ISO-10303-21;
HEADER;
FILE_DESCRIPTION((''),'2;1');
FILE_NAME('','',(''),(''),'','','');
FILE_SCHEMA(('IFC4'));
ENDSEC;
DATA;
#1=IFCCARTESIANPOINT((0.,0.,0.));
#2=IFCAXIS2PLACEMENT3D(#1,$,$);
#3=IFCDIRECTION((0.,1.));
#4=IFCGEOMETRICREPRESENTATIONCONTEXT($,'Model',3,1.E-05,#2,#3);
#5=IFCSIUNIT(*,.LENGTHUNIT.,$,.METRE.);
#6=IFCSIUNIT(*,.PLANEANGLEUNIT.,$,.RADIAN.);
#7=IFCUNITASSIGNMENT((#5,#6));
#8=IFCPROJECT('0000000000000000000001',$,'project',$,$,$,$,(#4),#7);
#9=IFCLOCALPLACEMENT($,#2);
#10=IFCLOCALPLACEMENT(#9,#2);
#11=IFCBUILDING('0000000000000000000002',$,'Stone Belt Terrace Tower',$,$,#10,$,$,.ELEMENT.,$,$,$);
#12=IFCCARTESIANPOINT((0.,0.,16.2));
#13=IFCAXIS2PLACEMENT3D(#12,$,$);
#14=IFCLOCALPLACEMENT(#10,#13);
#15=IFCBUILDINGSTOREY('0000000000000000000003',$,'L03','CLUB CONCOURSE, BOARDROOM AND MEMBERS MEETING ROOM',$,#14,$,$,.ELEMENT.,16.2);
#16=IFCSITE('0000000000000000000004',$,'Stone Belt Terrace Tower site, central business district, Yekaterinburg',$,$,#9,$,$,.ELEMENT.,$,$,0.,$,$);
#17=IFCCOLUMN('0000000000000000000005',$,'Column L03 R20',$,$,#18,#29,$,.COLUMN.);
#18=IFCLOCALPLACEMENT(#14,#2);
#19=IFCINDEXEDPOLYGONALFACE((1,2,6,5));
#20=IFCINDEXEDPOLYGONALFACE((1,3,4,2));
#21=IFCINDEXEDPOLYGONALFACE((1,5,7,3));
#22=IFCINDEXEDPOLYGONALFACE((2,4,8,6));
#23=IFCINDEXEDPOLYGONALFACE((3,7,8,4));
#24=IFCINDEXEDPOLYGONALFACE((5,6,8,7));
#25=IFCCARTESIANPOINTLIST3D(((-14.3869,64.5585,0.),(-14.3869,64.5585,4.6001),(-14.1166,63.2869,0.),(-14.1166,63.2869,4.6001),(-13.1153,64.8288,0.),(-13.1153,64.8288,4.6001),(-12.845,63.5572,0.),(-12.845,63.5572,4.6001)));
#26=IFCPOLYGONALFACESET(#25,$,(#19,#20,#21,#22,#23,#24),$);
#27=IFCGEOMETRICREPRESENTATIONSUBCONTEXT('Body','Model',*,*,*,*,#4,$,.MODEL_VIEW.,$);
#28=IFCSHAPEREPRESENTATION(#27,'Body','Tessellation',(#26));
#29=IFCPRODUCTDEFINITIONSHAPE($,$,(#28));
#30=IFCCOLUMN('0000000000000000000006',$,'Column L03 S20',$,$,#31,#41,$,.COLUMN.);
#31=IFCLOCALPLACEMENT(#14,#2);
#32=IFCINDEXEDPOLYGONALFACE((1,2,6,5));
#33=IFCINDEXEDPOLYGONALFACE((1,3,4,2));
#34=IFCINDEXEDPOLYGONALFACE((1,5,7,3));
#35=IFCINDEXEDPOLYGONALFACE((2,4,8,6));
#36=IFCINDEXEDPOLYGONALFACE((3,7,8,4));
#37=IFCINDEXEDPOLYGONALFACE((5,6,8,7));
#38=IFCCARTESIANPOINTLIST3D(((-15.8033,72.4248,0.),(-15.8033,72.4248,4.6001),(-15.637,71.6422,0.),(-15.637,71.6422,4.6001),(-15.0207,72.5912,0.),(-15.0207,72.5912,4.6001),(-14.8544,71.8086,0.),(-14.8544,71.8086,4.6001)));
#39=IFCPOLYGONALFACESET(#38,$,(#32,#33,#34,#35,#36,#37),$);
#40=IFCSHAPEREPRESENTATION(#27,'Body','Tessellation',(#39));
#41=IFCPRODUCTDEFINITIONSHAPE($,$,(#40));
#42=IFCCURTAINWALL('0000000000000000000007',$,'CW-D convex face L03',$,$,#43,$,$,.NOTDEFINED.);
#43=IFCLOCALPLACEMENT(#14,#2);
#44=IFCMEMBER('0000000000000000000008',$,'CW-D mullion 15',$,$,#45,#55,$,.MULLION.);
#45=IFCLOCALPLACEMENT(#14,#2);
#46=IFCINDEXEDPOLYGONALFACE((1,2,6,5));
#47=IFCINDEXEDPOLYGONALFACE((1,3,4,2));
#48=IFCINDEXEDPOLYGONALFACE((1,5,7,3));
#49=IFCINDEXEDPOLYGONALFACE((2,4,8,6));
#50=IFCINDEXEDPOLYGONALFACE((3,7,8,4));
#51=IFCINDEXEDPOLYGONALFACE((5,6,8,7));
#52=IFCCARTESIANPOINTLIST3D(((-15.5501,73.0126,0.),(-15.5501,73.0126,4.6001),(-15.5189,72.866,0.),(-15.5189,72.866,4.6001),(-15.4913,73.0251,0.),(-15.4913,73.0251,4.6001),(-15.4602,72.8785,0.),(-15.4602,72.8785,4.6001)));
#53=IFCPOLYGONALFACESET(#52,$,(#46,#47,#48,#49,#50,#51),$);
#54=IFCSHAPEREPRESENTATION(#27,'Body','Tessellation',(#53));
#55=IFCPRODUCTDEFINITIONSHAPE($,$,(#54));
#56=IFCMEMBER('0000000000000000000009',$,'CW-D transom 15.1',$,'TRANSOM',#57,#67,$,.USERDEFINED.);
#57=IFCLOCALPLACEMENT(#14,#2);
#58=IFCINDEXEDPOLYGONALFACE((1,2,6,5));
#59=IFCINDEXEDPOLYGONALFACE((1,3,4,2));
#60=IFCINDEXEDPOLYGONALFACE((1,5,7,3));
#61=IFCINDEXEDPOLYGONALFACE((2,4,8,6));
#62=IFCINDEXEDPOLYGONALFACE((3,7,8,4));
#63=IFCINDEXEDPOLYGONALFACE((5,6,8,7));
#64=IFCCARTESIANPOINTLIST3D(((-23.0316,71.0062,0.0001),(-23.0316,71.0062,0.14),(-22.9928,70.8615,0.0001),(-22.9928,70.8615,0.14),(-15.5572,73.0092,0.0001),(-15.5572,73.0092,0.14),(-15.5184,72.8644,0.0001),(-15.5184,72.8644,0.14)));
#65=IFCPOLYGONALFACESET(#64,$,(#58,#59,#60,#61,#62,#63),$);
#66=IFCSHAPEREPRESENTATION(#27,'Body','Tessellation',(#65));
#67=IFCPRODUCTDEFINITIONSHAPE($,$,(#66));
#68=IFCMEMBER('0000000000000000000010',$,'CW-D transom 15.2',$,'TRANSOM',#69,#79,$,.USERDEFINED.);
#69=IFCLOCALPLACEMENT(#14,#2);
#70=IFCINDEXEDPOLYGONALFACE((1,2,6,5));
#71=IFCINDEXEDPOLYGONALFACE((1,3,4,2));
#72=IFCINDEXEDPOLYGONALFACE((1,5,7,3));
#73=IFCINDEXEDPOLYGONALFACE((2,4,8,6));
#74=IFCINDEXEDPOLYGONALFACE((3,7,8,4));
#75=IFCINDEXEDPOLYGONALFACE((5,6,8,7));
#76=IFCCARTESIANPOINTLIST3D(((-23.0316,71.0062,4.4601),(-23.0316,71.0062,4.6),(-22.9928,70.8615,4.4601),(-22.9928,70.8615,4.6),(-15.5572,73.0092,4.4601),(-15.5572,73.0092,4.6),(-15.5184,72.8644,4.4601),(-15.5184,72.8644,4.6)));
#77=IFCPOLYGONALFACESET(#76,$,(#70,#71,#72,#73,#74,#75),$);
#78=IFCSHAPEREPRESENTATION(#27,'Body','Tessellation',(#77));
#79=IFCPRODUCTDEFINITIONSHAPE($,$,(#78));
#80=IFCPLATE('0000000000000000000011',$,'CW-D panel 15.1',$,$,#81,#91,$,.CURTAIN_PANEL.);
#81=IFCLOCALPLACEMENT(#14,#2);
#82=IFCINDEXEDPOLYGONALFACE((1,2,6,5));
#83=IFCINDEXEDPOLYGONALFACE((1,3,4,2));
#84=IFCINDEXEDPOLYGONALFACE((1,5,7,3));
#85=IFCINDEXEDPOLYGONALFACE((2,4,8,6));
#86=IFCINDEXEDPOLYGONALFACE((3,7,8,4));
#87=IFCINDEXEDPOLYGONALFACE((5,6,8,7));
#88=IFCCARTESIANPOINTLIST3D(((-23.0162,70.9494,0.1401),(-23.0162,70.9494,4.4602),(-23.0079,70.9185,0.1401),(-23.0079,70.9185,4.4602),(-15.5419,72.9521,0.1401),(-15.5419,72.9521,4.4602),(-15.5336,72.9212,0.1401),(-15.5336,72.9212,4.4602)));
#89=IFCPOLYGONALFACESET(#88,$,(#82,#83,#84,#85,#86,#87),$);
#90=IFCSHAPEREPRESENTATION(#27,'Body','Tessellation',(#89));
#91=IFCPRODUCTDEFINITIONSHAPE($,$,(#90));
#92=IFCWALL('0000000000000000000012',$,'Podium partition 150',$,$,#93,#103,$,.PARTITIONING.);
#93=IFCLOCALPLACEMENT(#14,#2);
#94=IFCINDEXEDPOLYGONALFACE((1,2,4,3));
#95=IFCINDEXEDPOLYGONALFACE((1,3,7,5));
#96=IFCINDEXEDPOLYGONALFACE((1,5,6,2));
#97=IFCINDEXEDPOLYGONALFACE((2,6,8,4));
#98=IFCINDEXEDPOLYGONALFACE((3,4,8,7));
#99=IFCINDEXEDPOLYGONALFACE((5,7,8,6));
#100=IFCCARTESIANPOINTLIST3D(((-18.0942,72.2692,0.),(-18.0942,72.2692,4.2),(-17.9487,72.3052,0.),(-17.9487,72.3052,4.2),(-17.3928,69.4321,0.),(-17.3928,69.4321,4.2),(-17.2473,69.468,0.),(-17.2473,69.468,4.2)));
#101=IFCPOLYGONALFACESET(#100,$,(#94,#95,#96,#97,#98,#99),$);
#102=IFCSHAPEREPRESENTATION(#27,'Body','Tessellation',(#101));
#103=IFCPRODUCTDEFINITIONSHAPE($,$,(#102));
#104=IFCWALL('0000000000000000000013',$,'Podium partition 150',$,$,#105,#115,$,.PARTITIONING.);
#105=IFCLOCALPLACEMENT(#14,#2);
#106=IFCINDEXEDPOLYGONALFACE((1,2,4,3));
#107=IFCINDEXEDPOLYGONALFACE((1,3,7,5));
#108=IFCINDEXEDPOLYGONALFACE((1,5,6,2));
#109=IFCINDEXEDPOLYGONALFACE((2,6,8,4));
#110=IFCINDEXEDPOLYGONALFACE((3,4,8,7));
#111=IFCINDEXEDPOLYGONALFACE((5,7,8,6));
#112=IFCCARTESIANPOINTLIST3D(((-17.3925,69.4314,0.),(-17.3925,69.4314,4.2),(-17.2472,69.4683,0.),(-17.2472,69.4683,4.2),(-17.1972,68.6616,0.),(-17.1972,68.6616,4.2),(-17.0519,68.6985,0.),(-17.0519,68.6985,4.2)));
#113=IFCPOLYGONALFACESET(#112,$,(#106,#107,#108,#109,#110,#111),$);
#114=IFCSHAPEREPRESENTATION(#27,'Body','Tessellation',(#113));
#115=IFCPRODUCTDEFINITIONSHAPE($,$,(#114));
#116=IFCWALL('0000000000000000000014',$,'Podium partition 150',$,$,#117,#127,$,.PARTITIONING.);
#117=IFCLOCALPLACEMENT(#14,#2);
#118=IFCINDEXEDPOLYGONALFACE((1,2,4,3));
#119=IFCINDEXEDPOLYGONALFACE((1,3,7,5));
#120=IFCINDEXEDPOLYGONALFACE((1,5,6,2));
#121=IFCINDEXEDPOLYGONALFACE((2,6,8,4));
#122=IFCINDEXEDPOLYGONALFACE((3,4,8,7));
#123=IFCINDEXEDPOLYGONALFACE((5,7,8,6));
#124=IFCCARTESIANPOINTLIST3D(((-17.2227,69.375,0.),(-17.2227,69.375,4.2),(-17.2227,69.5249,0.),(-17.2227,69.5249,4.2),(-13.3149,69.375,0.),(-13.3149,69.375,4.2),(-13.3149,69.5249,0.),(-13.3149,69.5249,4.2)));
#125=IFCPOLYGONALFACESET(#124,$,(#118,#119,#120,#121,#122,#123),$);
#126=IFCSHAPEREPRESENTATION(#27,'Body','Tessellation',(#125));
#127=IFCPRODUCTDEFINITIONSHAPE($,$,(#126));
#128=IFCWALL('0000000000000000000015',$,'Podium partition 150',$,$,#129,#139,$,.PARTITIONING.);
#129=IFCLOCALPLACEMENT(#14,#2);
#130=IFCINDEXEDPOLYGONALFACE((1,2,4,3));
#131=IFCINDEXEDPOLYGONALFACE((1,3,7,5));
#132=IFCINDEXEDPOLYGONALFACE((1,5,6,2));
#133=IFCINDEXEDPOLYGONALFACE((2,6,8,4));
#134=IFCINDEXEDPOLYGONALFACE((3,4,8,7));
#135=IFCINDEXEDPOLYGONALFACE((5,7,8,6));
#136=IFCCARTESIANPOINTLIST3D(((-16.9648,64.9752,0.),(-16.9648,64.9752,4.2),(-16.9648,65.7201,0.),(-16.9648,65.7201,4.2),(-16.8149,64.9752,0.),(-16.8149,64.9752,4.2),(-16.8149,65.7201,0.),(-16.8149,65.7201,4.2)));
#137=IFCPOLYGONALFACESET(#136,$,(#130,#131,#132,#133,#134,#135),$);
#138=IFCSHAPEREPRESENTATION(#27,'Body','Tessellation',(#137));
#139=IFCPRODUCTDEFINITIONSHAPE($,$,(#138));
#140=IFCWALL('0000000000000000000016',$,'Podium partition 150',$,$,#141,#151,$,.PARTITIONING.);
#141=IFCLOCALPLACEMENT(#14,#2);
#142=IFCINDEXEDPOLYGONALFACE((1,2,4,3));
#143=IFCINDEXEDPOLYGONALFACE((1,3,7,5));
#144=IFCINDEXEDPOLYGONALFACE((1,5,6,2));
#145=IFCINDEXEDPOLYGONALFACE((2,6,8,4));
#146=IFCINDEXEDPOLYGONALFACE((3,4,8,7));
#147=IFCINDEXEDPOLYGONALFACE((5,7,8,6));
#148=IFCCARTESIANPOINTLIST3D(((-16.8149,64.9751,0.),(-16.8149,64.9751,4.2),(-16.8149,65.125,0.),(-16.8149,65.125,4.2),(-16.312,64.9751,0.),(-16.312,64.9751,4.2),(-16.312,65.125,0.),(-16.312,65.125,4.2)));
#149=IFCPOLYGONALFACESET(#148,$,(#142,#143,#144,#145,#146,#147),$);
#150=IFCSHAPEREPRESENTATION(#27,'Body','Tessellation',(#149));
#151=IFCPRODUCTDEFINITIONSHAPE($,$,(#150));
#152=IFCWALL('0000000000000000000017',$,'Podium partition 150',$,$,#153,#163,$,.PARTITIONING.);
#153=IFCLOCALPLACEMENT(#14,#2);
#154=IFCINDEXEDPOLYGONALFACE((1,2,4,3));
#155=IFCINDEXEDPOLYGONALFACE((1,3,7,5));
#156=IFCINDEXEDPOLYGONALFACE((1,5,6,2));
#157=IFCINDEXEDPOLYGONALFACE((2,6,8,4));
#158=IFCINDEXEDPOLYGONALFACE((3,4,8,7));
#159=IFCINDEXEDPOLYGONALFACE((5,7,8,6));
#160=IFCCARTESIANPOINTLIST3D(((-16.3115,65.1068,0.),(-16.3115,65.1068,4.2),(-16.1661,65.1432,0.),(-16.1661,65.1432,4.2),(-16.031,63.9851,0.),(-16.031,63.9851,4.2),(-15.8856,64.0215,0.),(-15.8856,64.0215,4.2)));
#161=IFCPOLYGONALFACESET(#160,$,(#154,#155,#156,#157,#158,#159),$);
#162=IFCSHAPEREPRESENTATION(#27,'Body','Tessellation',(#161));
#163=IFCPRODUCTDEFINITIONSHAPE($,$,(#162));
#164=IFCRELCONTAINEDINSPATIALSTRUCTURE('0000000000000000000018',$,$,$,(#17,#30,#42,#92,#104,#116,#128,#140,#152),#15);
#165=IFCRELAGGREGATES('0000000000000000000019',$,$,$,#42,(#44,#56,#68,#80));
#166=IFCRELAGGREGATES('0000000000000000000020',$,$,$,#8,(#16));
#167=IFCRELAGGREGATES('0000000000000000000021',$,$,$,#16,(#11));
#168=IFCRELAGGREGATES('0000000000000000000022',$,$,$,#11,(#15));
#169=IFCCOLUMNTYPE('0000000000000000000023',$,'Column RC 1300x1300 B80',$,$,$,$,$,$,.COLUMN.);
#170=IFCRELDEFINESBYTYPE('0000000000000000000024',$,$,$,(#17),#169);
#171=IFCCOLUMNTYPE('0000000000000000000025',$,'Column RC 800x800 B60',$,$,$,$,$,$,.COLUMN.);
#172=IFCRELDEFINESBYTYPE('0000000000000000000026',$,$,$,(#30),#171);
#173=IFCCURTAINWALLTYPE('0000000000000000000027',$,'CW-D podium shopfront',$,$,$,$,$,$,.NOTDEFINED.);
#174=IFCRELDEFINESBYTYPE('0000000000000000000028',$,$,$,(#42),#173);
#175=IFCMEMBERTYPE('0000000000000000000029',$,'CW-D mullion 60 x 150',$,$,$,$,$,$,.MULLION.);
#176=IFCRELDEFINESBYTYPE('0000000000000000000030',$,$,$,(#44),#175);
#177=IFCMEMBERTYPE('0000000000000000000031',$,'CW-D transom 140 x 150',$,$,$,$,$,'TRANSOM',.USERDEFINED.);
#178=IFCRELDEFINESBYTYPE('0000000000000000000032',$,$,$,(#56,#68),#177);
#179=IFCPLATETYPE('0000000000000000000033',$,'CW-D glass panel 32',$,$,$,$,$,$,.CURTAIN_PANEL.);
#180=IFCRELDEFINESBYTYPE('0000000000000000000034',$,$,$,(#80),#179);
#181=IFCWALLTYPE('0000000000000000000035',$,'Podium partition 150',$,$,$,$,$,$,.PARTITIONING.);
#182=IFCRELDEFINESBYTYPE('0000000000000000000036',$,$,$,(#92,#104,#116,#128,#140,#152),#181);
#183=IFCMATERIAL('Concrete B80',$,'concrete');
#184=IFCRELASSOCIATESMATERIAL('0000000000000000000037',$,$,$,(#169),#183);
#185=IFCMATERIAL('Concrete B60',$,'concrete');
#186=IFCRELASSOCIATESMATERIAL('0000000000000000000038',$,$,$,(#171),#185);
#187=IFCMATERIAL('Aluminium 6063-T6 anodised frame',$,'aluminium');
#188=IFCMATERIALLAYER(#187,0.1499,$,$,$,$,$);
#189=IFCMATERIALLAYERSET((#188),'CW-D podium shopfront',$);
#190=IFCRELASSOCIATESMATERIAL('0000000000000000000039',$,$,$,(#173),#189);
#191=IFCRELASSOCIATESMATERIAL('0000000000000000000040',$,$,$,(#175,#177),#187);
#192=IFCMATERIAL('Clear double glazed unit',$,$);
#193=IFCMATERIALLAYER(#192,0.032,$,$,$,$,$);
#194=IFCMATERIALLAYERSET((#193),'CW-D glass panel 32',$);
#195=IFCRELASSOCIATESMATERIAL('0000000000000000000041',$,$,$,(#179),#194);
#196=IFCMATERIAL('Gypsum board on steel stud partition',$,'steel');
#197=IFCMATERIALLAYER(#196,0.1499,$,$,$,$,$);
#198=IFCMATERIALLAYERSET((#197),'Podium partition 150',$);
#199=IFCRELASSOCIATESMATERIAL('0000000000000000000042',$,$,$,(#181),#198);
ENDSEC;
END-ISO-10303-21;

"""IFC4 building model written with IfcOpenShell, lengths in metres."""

from ifc_helpers import new_model, si_unit, direction, frame, frame_2d, origin, origin_2d, place, context, subcontext, project, spatial, rectangle, extrude, material, layer, layer_set, material_profile, profile_set, type_object, element, aggregate, save


model = new_model("IFC4")

# Units and contexts
model_context = context("Model", 3, precision=1e-05, world=origin(), true_north=direction((0.0, 1.0)))
body_context = subcontext(model_context, "Body", "Model", "MODEL_VIEW")
ifc_project = project(units=[si_unit("LENGTHUNIT", "METRE"), si_unit("PLANEANGLEUNIT", "RADIAN")], contexts=[model_context])

# Site, building, storey
site_placement = place(None, origin())
site = spatial("IfcSite", under=ifc_project, at=site_placement, Name="Stone Belt Terrace Tower site, central business district, Yekaterinburg", CompositionType="ELEMENT", RefElevation=0.0)
building_placement = place(site_placement, origin())
building = spatial("IfcBuilding", under=site, at=building_placement, Name="Stone Belt Terrace Tower", CompositionType="ELEMENT")
storey_placement = place(building_placement, frame((0.0, 0.0, 16.2)))
storey = spatial("IfcBuildingStorey", under=building, at=storey_placement, Name="L03", Description="CLUB CONCOURSE, BOARDROOM AND MEMBERS MEETING ROOM", CompositionType="ELEMENT", Elevation=16.2)

# Columns
ifc_material_1 = material(Name="Concrete B80", Category="concrete")
ifc_material_profile_1 = material_profile(ifc_material_1, rectangle(XDim=1.3, YDim=1.3, at=origin_2d()), Name="RC 1300x1300")
ifc_profile_set_1 = profile_set([ifc_material_profile_1], Name="Concrete B80")
column_type_1 = type_object("IfcColumnType", Name="Column RC 1300x1300 B80", PredefinedType="COLUMN", material=ifc_profile_set_1)
column_1_placement = place(storey_placement, frame((-13.616, 64.0579, 0.0), z_axis=(0.0, 0.0, 1.0), x_axis=(0.978148, 0.207912, 0.0)))
element("IfcColumn", 1, at=column_1_placement, inside=storey, type_object=column_type_1, Name="Column L03 R20", PredefinedType="COLUMN", context=body_context, shape_type="SweptSolid", body=[
    extrude(rectangle(XDim=1.3, YDim=1.3, at=origin_2d()), origin(), (0.0, 0.0, 1.0), 4.6001),
])
ifc_material_2 = material(Name="Concrete B60", Category="concrete")
ifc_material_profile_2 = material_profile(ifc_material_2, rectangle(XDim=0.8, YDim=0.8, at=origin_2d()), Name="RC 800x800")
ifc_profile_set_2 = profile_set([ifc_material_profile_2], Name="Concrete B60")
column_type_2 = type_object("IfcColumnType", Name="Column RC 800x800 B60", PredefinedType="COLUMN", material=ifc_profile_set_2)
column_2_placement = place(storey_placement, frame((-15.3289, 72.1167, 0.0), z_axis=(0.0, 0.0, 1.0), x_axis=(0.978148, 0.207912, 0.0)))
element("IfcColumn", 2, at=column_2_placement, inside=storey, type_object=column_type_2, Name="Column L03 S20", PredefinedType="COLUMN", context=body_context, shape_type="SweptSolid", body=[
    extrude(rectangle(XDim=0.8, YDim=0.8, at=origin_2d()), origin(), (0.0, 0.0, 1.0), 4.6001),
])

# Curtain wall, members, plate
ifc_material_3 = material(Name="Aluminium 6063-T6 anodised frame", Category="aluminium")
ifc_layer_1 = layer(ifc_material_3, 0.1499)
ifc_layer_set_1 = layer_set([ifc_layer_1], Name="CW-D podium shopfront")
curtain_wall_type = type_object("IfcCurtainWallType", Name="CW-D podium shopfront", PredefinedType="NOTDEFINED", material=ifc_layer_set_1)
curtain_wall_placement = place(storey_placement, origin())
curtain_wall = element("IfcCurtainWall", 3, at=curtain_wall_placement, inside=storey, type_object=curtain_wall_type, Name="CW-D convex face L03", PredefinedType="NOTDEFINED")
ifc_material_profile_3 = material_profile(ifc_material_3, rectangle(XDim=0.1499, YDim=0.0601, at=origin_2d()), Name="Aluminium 6063-T6 60x150")
ifc_profile_set_3 = profile_set([ifc_material_profile_3], Name="Aluminium 6063-T6 anodised frame")
member_type_1 = type_object("IfcMemberType", Name="CW-D mullion 60 x 150", PredefinedType="MULLION", material=ifc_profile_set_3)
member_1_placement = place(storey_placement, frame((-15.5051, 72.9456, 0.0), z_axis=(0.0, 0.0, 1.0), x_axis=(0.207912, -0.978148, 0.0)))
member_1 = element("IfcMember", 4, at=member_1_placement, type_object=member_type_1, Name="CW-D mullion 15", PredefinedType="MULLION", context=body_context, shape_type="SweptSolid", body=[
    extrude(rectangle(XDim=0.1499, YDim=0.0601, at=origin_2d()), origin(), (0.0, 0.0, 1.0), 4.6001),
])
ifc_material_profile_4 = material_profile(ifc_material_3, rectangle(XDim=0.1499, YDim=0.1399, at=origin_2d()), Name="Aluminium 6063-T6 150x140")
ifc_profile_set_4 = profile_set([ifc_material_profile_4], Name="Aluminium 6063-T6 anodised frame")
member_type_2 = type_object("IfcMemberType", Name="CW-D transom 140 x 150", ElementType="TRANSOM", PredefinedType="USERDEFINED", material=ifc_profile_set_4)
member_2_placement = place(storey_placement, frame((-15.5378, 72.9368, 0.0701), z_axis=(-0.96592, -0.258841, 0.0), x_axis=(0.258841, -0.96592, 0.0)))
member_2 = element("IfcMember", 5, at=member_2_placement, type_object=member_type_2, Name="CW-D transom 15.1", ObjectType="TRANSOM", PredefinedType="USERDEFINED", context=body_context, shape_type="SweptSolid", body=[
    extrude(rectangle(XDim=0.1499, YDim=0.1399, at=origin_2d()), origin(), (0.0, 0.0, 1.0), 7.738),
])
member_3_placement = place(storey_placement, frame((-15.5378, 72.9368, 4.53), z_axis=(-0.96592, -0.258841, 0.0), x_axis=(0.258841, -0.96592, 0.0)))
member_3 = element("IfcMember", 6, at=member_3_placement, type_object=member_type_2, Name="CW-D transom 15.2", ObjectType="TRANSOM", PredefinedType="USERDEFINED", context=body_context, shape_type="SweptSolid", body=[
    extrude(rectangle(XDim=0.1499, YDim=0.1399, at=origin_2d()), origin(), (0.0, 0.0, 1.0), 7.738),
])
ifc_material_4 = material(Name="Clear double glazed unit")
ifc_layer_2 = layer(ifc_material_4, 0.032)
ifc_layer_set_2 = layer_set([ifc_layer_2], Name="CW-D glass panel 32")
plate_type = type_object("IfcPlateType", Name="CW-D glass panel 32", PredefinedType="CURTAIN_PANEL", material=ifc_layer_set_2)
plate_placement = place(storey_placement, frame((-19.2749, 71.9353, 0.1401), z_axis=(0.0, 0.0, 1.0), x_axis=(-0.965926, -0.258819, 0.0)))
plate = element("IfcPlate", 7, at=plate_placement, type_object=plate_type, Name="CW-D panel 15.1", PredefinedType="CURTAIN_PANEL", context=body_context, shape_type="SweptSolid", body=[
    extrude(rectangle(XDim=7.738, YDim=0.032, at=origin_2d()), origin(), (0.0, 0.0, 1.0), 4.3201),
])
aggregate(curtain_wall, [member_1, member_2, member_3, plate])

# Walls
ifc_material_5 = material(Name="Gypsum board on steel stud partition", Category="steel")
ifc_layer_3 = layer(ifc_material_5, 0.1499)
ifc_layer_set_3 = layer_set([ifc_layer_3], Name="Podium partition 150")
wall_type_1 = type_object("IfcWallType", Name="Podium partition 150", PredefinedType="PARTITIONING", material=ifc_layer_set_3)
wall_1_placement = place(storey_placement, frame((-18.0215, 72.2874, 0.0), z_axis=(0.0, 0.0, 1.0), x_axis=(0.239999, -0.970773, 0.0)))
element("IfcWall", 8, at=wall_1_placement, inside=storey, type_object=wall_type_1, Name="Podium partition 150", PredefinedType="PARTITIONING", context=body_context, shape_type="SweptSolid", body=[
    extrude(rectangle(XDim=2.9226, YDim=0.1499, at=frame_2d((1.4614, 0.0))), origin(), (0.0, 0.0, 1.0), 4.2),
])
wall_2_placement = place(storey_placement, frame((-17.3198, 69.4497, 0.0), z_axis=(0.0, 0.0, 1.0), x_axis=(0.245934, -0.969287, 0.0)))
element("IfcWall", 9, at=wall_2_placement, inside=storey, type_object=wall_type_1, Name="Podium partition 150", PredefinedType="PARTITIONING", context=body_context, shape_type="SweptSolid", body=[
    extrude(rectangle(XDim=0.7942, YDim=0.1499, at=frame_2d((0.397, 0.0))), origin(), (0.0, 0.0, 1.0), 4.2),
])
wall_3_placement = place(storey_placement, frame((-17.2227, 69.45, 0.0), z_axis=(0.0, 0.0, 1.0), x_axis=(1.0, 0.0, 0.0)))
element("IfcWall", 10, at=wall_3_placement, inside=storey, type_object=wall_type_1, Name="Podium partition 150", PredefinedType="PARTITIONING", context=body_context, shape_type="SweptSolid", body=[
    extrude(rectangle(XDim=3.9077, YDim=0.1499, at=frame_2d((1.9539, 0.0))), origin(), (0.0, 0.0, 1.0), 4.2),
])
wall_4_placement = place(storey_placement, frame((-16.8899, 64.9751, 0.0), z_axis=(0.0, 0.0, 1.0), x_axis=(0.0, 1.0, 0.0)))
element("IfcWall", 11, at=wall_4_placement, inside=storey, type_object=wall_type_1, Name="Podium partition 150", PredefinedType="PARTITIONING", context=body_context, shape_type="SweptSolid", body=[
    extrude(rectangle(XDim=0.7449, YDim=0.1499, at=frame_2d((0.3726, 0.0))), origin(), (0.0, 0.0, 1.0), 4.2),
])
wall_5_placement = place(storey_placement, frame((-16.8149, 65.05, 0.0), z_axis=(0.0, 0.0, 1.0), x_axis=(1.0, 0.0, 0.0)))
element("IfcWall", 12, at=wall_5_placement, inside=storey, type_object=wall_type_1, Name="Podium partition 150", PredefinedType="PARTITIONING", context=body_context, shape_type="SweptSolid", body=[
    extrude(rectangle(XDim=0.5029, YDim=0.1499, at=frame_2d((0.2515, 0.0))), origin(), (0.0, 0.0, 1.0), 4.2),
])
wall_6_placement = place(storey_placement, frame((-16.2388, 65.125, 0.0), z_axis=(0.0, 0.0, 1.0), x_axis=(0.242585, -0.97013, 0.0)))
element("IfcWall", 13, at=wall_6_placement, inside=storey, type_object=wall_type_1, Name="Podium partition 150", PredefinedType="PARTITIONING", context=body_context, shape_type="SweptSolid", body=[
    extrude(rectangle(XDim=1.1562, YDim=0.1499, at=frame_2d((0.5781, 0.0))), origin(), (0.0, 0.0, 1.0), 4.2),
])

save(model, "model.ifc")
